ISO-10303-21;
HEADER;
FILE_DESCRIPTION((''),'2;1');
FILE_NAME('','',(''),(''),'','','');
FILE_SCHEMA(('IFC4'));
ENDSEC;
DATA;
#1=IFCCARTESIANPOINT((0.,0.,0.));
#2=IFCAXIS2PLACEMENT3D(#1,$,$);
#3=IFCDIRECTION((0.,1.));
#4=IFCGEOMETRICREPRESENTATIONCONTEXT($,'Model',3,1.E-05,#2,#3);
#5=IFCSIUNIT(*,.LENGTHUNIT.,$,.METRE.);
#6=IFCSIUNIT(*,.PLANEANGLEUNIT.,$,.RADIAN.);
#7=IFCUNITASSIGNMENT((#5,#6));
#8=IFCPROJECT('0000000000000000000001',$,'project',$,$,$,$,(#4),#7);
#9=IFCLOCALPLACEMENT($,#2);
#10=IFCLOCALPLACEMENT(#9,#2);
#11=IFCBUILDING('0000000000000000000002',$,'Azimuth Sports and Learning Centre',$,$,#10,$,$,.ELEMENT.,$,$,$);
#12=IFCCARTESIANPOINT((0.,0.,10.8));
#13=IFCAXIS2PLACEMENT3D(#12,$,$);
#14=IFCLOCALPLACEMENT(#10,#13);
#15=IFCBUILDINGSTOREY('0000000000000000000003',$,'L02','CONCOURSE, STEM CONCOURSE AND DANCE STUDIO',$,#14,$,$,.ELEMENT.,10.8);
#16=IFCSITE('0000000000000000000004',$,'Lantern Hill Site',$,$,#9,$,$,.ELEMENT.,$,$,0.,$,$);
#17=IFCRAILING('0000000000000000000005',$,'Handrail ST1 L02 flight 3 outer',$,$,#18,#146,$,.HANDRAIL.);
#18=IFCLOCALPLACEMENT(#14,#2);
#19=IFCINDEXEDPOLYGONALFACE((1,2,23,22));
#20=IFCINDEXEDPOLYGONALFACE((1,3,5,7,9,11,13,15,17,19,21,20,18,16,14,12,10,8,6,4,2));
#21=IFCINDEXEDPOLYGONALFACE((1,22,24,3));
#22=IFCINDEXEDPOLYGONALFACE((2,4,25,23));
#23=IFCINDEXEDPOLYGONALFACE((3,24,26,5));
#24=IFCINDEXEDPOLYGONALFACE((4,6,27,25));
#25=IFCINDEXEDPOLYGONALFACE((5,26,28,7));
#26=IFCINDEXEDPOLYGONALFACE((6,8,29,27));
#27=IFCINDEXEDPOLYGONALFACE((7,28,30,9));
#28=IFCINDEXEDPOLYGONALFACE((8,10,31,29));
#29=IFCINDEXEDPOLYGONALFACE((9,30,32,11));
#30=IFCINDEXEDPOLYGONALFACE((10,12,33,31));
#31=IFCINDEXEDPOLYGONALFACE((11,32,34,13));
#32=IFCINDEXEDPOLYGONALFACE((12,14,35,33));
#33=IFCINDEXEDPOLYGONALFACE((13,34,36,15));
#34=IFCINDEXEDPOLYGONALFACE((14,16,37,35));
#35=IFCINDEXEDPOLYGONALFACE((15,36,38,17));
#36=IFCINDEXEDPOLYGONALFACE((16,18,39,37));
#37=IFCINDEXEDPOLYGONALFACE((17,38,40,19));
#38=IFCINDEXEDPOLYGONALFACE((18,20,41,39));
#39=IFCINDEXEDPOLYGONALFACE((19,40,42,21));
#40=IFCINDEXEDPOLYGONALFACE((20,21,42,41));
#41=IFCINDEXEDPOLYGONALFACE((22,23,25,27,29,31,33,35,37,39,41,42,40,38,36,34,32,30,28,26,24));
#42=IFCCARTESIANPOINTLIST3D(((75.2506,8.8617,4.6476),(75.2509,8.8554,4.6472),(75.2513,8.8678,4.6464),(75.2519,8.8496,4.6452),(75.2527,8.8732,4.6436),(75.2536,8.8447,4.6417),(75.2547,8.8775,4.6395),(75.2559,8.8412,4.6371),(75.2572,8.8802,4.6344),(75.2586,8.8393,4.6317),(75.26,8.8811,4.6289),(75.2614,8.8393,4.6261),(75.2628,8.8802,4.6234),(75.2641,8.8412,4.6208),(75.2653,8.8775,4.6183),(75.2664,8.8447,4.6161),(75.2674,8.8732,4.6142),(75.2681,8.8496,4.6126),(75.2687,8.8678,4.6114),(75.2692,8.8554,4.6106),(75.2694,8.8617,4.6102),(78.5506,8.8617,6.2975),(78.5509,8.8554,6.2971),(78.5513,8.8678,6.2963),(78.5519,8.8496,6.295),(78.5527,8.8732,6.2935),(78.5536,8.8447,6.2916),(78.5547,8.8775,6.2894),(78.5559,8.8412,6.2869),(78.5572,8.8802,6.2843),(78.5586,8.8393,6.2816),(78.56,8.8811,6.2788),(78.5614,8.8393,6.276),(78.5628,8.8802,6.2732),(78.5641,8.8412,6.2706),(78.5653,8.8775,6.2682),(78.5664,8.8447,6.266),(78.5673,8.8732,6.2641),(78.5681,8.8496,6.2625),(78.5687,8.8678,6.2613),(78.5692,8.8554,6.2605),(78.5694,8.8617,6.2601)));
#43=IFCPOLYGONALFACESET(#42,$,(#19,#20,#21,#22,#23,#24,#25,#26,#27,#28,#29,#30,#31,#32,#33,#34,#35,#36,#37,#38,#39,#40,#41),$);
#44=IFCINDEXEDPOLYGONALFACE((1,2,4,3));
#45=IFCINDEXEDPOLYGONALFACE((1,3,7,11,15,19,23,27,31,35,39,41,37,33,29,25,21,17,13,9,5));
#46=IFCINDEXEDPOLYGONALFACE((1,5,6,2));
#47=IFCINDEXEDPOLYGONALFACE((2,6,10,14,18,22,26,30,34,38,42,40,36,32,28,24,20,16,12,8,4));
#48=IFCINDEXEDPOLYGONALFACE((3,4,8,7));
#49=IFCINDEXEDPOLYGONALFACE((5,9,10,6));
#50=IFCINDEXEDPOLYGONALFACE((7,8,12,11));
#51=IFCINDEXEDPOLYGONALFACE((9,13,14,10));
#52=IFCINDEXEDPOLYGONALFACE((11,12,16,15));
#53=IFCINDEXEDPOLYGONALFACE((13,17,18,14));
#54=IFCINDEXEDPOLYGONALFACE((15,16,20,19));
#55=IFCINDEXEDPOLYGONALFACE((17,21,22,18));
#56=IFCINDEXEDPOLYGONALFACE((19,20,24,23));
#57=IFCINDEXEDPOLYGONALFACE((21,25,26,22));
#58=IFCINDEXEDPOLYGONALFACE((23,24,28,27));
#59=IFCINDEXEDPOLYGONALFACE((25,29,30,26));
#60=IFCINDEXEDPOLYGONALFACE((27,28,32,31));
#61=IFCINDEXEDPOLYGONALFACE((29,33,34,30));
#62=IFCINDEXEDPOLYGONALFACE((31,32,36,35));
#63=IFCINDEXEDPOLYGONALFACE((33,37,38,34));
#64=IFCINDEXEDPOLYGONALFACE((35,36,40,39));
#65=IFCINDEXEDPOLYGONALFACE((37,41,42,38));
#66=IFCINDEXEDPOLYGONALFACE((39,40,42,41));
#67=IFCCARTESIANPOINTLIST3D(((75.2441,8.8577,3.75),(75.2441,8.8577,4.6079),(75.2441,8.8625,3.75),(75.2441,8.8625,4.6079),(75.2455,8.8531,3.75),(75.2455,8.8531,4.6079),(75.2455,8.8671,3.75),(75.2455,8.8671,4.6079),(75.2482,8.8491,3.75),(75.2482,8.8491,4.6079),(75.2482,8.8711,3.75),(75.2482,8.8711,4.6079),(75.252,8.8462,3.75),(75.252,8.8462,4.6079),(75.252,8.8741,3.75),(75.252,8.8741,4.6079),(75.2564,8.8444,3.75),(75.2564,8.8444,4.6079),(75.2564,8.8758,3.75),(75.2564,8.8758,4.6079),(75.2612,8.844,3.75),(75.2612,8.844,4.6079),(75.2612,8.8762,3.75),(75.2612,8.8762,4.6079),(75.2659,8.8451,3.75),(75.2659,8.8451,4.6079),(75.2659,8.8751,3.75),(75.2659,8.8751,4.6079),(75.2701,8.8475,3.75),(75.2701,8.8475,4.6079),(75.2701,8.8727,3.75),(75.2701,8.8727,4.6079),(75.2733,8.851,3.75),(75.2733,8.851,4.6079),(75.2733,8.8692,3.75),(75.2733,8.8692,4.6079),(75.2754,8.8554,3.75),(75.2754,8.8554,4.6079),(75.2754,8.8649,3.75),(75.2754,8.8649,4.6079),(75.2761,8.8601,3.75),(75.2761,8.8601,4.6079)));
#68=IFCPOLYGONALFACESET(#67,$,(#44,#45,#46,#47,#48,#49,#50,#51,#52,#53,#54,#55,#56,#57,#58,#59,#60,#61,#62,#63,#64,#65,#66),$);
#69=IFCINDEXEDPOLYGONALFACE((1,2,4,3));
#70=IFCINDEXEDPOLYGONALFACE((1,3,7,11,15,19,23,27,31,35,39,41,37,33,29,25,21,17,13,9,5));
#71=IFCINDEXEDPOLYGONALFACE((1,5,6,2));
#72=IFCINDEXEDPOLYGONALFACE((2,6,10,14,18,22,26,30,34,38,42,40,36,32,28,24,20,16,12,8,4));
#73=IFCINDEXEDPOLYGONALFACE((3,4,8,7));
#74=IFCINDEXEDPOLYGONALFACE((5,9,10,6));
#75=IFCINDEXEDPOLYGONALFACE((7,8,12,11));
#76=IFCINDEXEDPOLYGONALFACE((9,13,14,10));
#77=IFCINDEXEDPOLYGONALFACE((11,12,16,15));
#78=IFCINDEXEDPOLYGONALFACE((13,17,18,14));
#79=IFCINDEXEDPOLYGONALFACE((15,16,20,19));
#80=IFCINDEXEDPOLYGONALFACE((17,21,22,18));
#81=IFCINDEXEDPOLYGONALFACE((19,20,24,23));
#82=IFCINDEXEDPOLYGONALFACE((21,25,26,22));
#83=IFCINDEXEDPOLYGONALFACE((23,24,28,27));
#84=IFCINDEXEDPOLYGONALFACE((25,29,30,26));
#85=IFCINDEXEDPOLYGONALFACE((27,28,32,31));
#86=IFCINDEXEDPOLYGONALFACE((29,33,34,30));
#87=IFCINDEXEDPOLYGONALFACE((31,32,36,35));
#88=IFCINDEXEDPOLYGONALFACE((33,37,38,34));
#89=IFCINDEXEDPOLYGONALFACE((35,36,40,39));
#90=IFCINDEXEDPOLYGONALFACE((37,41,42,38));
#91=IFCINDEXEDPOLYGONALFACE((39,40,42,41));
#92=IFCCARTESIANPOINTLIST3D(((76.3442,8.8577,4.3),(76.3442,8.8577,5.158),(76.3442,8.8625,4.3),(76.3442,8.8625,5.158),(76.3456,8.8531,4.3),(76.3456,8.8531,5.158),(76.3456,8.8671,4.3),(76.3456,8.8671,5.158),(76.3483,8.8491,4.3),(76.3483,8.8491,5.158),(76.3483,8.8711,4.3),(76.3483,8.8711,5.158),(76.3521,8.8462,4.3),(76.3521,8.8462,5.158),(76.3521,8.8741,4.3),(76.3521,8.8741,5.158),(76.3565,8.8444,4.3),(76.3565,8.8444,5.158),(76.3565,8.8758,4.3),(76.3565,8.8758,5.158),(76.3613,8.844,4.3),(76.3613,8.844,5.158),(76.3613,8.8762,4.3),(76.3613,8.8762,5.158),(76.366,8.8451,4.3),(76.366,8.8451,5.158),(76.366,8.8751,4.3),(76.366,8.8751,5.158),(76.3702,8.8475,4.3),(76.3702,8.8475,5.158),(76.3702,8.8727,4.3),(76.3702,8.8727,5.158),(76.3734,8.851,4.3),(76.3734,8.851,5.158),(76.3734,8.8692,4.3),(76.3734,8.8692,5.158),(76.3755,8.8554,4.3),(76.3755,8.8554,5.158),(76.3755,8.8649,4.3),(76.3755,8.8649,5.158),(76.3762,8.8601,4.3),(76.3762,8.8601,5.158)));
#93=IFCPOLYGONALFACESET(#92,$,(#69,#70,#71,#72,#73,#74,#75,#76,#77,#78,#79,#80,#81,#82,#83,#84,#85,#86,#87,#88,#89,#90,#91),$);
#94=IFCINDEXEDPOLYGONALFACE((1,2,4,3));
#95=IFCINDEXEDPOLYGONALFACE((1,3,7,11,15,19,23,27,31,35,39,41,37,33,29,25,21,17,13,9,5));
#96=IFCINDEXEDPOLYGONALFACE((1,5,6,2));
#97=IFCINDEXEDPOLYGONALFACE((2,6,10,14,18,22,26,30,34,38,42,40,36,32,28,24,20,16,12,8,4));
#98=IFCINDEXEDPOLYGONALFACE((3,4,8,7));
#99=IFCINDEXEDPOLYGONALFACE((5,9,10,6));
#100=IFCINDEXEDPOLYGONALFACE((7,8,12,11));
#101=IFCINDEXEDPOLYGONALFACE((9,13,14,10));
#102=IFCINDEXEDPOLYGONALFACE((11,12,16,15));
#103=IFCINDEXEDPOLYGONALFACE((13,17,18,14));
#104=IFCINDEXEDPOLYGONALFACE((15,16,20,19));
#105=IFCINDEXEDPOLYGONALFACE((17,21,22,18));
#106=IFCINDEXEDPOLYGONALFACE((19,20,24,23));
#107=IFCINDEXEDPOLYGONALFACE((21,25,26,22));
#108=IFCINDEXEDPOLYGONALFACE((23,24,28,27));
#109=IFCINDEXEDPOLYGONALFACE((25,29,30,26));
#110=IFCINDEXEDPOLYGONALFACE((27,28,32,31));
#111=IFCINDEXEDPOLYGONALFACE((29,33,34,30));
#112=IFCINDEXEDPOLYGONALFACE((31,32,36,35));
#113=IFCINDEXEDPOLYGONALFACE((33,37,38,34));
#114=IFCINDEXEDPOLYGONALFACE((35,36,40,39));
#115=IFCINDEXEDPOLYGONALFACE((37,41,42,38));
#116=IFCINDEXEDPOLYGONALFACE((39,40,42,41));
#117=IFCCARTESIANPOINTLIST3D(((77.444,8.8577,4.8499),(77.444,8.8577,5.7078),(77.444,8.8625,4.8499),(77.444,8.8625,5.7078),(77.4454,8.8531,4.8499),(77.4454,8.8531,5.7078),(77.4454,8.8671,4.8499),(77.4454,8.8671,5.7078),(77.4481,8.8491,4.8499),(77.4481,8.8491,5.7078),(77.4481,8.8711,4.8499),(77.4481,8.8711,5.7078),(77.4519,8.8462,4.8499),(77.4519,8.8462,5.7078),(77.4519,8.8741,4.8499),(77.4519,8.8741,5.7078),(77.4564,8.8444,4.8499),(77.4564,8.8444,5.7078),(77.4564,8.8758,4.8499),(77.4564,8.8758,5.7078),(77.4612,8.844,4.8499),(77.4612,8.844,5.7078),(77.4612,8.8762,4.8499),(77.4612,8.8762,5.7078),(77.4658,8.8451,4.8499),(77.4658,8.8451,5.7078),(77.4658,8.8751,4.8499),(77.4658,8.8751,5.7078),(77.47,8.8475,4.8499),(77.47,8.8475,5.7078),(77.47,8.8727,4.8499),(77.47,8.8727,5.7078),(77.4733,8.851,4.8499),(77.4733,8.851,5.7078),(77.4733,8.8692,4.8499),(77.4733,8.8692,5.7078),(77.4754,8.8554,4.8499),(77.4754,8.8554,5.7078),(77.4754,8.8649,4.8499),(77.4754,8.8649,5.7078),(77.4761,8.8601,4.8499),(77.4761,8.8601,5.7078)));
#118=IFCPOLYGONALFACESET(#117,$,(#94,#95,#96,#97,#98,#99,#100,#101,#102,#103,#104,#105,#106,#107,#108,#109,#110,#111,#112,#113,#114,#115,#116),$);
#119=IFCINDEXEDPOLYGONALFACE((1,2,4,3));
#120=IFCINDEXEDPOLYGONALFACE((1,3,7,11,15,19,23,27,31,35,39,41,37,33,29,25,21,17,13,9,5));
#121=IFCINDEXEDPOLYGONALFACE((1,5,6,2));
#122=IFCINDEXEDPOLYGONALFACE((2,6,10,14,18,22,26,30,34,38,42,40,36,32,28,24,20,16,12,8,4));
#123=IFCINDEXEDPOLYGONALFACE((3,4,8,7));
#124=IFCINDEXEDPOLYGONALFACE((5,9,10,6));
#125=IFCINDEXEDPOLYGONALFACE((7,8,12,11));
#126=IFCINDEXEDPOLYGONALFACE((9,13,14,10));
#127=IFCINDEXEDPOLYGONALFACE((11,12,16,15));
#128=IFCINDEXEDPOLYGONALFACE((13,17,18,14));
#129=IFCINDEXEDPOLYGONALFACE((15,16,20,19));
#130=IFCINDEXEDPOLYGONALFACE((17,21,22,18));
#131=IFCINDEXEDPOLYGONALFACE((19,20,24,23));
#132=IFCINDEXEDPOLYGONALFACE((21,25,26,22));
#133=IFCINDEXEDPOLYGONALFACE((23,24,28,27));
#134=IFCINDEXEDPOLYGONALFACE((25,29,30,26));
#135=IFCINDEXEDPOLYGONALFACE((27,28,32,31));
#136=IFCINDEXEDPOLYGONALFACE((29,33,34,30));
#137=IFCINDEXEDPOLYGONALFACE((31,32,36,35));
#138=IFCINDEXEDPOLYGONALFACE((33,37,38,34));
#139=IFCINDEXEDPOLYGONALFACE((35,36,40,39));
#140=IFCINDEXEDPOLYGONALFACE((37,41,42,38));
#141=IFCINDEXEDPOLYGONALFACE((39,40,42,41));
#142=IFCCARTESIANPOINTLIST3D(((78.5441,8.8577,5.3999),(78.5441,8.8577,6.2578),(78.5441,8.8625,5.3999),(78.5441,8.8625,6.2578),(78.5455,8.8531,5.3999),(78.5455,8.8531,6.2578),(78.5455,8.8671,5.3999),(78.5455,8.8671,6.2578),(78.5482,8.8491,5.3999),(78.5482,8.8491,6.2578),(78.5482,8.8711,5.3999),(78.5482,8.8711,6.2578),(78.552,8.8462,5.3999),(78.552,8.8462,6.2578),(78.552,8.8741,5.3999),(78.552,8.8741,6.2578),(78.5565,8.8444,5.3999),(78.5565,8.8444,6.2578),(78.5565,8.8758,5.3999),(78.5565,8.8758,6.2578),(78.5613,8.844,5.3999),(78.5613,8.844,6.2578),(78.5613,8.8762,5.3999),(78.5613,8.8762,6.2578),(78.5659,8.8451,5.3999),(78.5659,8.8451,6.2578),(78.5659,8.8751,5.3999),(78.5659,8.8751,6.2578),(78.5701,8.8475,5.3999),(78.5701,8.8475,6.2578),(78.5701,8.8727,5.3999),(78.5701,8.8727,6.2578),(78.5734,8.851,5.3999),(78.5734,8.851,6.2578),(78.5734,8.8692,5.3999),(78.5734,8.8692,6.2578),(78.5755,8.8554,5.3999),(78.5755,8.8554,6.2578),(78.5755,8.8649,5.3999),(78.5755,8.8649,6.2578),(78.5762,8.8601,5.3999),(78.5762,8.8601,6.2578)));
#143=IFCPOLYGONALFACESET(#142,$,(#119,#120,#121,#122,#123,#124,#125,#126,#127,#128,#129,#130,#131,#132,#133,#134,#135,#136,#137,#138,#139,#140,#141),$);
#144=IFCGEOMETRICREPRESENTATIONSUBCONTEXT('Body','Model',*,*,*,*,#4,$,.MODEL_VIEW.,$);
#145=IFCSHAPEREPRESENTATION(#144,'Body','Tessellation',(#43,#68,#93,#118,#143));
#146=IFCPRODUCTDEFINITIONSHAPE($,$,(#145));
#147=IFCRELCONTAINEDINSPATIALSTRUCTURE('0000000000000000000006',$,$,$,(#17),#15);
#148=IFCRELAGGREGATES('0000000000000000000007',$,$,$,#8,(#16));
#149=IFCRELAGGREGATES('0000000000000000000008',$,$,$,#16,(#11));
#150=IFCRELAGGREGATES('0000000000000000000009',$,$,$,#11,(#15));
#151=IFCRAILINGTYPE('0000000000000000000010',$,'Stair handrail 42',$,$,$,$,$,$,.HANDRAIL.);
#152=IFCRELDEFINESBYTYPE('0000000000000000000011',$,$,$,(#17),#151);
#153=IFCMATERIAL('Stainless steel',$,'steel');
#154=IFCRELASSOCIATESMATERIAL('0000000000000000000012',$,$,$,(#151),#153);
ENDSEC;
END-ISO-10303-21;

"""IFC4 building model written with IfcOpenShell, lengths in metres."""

from ifc_helpers import new_model, si_unit, direction, frame, origin, origin_2d, place, context, subcontext, project, spatial, circle, extrude, material, type_object, element, save


model = new_model("IFC4")

# Units and contexts
model_context = context("Model", 3, precision=1e-05, world=origin(), true_north=direction((0.0, 1.0)))
body_context = subcontext(model_context, "Body", "Model", "MODEL_VIEW")
ifc_project = project(units=[si_unit("LENGTHUNIT", "METRE"), si_unit("PLANEANGLEUNIT", "RADIAN")], contexts=[model_context])

# Site, building, storey
site_placement = place(None, origin())
site = spatial("IfcSite", under=ifc_project, at=site_placement, Name="Lantern Hill Site", CompositionType="ELEMENT", RefElevation=0.0)
building_placement = place(site_placement, origin())
building = spatial("IfcBuilding", under=site, at=building_placement, Name="Azimuth Sports and Learning Centre", CompositionType="ELEMENT")
storey_placement = place(building_placement, frame((0.0, 0.0, 10.8)))
storey = spatial("IfcBuildingStorey", under=building, at=storey_placement, Name="L02", Description="CONCOURSE, STEM CONCOURSE AND DANCE STUDIO", CompositionType="ELEMENT", Elevation=10.8)

# Railing
ifc_material_1 = material(Name="Stainless steel", Category="steel")
railing_type = type_object("IfcRailingType", Name="Stair handrail 42", PredefinedType="HANDRAIL", material=ifc_material_1)
for number, where, name in (
    (1, (75.26, 8.8601, 3.75), "Handrail ST1 L02 flight 3 outer"),
):
    element("IfcRailing", number, at=place(storey_placement, frame(where)), inside=storey, type_object=railing_type, Name=name, PredefinedType="HANDRAIL", context=body_context, shape_type="SweptSolid", body=[
        extrude(circle(Radius=0.021, at=origin_2d()), frame((0.0, 0.0, 0.8789), z_axis=(0.89444, 0.0, 0.447187), x_axis=(0.0, 1.0, 0.0)), (0.0, 0.0, 1.0), 3.6895),
        extrude(circle(Radius=0.0161, at=origin_2d()), origin(), (0.0, 0.0, 1.0), 0.8579),
        extrude(circle(Radius=0.0161, at=origin_2d()), frame((1.1001, 0.0, 0.55)), (0.0, 0.0, 1.0), 0.8579),
        extrude(circle(Radius=0.0161, at=origin_2d()), frame((2.2, 0.0, 1.0999)), (0.0, 0.0, 1.0), 0.8579),
        extrude(circle(Radius=0.0161, at=origin_2d()), frame((3.3, 0.0, 1.6499)), (0.0, 0.0, 1.0), 0.8579),
    ])

save(model, "model.ifc")
